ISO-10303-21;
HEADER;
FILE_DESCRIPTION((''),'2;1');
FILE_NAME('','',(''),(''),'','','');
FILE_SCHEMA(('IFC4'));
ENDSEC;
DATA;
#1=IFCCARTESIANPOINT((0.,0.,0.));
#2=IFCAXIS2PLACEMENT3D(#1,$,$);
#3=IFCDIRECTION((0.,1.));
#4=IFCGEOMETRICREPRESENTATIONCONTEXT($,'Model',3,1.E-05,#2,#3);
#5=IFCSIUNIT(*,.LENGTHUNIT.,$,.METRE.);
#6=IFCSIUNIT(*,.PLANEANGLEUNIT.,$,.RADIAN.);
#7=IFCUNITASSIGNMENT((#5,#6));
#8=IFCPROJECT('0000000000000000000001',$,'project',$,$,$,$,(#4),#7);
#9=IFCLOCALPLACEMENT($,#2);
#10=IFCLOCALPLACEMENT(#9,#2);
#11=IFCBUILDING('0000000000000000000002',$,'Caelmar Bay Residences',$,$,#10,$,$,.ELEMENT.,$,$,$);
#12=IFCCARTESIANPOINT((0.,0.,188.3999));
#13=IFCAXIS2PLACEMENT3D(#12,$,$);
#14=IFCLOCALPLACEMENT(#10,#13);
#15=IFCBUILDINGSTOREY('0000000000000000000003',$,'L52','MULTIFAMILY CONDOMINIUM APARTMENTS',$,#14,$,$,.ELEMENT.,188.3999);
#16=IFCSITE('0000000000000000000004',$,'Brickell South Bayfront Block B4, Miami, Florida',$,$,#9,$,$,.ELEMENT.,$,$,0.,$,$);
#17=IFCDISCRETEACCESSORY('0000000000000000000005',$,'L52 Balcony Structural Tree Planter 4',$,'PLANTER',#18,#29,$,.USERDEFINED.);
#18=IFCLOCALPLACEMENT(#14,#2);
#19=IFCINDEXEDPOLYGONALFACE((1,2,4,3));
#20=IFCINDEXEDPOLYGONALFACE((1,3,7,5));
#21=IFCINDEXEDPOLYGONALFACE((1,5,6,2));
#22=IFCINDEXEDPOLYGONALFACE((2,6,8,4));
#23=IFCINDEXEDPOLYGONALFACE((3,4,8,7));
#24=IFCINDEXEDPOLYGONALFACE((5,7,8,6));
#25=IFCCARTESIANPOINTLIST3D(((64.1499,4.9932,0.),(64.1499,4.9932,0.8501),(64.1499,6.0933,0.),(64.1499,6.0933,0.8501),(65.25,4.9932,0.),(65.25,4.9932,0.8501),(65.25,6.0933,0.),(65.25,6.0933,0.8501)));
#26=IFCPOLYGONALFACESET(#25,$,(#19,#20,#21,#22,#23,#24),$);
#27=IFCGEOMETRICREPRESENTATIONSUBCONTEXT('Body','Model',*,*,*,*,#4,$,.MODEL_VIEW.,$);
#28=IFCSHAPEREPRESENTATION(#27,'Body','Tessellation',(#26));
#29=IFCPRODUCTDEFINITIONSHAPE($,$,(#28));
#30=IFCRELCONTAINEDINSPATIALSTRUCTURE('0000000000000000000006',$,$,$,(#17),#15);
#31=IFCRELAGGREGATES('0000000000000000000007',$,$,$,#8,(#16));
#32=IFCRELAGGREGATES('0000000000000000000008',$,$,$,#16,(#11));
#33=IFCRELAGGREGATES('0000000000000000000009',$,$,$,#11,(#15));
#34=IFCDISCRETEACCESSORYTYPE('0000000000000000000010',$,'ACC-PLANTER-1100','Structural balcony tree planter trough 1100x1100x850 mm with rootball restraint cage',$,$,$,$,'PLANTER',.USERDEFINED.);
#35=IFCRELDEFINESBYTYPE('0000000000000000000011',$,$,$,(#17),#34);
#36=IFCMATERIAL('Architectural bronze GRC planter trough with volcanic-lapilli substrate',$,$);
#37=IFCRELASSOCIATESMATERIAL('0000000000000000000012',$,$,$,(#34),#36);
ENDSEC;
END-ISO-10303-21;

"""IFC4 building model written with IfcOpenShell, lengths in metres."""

from ifc_helpers import new_model, si_unit, direction, frame, origin, origin_2d, place, context, subcontext, project, spatial, rectangle, extrude, material, type_object, element, save


model = new_model("IFC4")

# Units and contexts
model_context = context("Model", 3, precision=1e-05, world=origin(), true_north=direction((0.0, 1.0)))
body_context = subcontext(model_context, "Body", "Model", "MODEL_VIEW")
ifc_project = project(units=[si_unit("LENGTHUNIT", "METRE"), si_unit("PLANEANGLEUNIT", "RADIAN")], contexts=[model_context])

# Site, building, storey
site_placement = place(None, origin())
site = spatial("IfcSite", under=ifc_project, at=site_placement, Name="Brickell South Bayfront Block B4, Miami, Florida", CompositionType="ELEMENT", RefElevation=0.0)
building_placement = place(site_placement, origin())
building = spatial("IfcBuilding", under=site, at=building_placement, Name="Caelmar Bay Residences", CompositionType="ELEMENT")
storey_placement = place(building_placement, frame((0.0, 0.0, 188.3999)))
storey = spatial("IfcBuildingStorey", under=building, at=storey_placement, Name="L52", Description="MULTIFAMILY CONDOMINIUM APARTMENTS", CompositionType="ELEMENT", Elevation=188.3999)

# Discrete accessory
ifc_material_1 = material(Name="Architectural bronze GRC planter trough with volcanic-lapilli substrate")
discrete_accessory_type = type_object("IfcDiscreteAccessoryType", Name="ACC-PLANTER-1100", Description="Structural balcony tree planter trough 1100x1100x850 mm with rootball restraint cage", ElementType="PLANTER", PredefinedType="USERDEFINED", material=ifc_material_1)
discrete_accessory_placement = place(storey_placement, frame((64.7, 5.5432, 0.0), z_axis=(0.0, 0.0, 1.0), x_axis=(1.0, 0.0, 0.0)))
element("IfcDiscreteAccessory", 1, at=discrete_accessory_placement, inside=storey, type_object=discrete_accessory_type, Name="L52 Balcony Structural Tree Planter 4", ObjectType="PLANTER", PredefinedType="USERDEFINED", context=body_context, shape_type="SweptSolid", body=[
    extrude(rectangle(XDim=1.1001, YDim=1.1001, at=origin_2d()), origin(), (0.0, 0.0, 1.0), 0.8501),
])

save(model, "model.ifc")
